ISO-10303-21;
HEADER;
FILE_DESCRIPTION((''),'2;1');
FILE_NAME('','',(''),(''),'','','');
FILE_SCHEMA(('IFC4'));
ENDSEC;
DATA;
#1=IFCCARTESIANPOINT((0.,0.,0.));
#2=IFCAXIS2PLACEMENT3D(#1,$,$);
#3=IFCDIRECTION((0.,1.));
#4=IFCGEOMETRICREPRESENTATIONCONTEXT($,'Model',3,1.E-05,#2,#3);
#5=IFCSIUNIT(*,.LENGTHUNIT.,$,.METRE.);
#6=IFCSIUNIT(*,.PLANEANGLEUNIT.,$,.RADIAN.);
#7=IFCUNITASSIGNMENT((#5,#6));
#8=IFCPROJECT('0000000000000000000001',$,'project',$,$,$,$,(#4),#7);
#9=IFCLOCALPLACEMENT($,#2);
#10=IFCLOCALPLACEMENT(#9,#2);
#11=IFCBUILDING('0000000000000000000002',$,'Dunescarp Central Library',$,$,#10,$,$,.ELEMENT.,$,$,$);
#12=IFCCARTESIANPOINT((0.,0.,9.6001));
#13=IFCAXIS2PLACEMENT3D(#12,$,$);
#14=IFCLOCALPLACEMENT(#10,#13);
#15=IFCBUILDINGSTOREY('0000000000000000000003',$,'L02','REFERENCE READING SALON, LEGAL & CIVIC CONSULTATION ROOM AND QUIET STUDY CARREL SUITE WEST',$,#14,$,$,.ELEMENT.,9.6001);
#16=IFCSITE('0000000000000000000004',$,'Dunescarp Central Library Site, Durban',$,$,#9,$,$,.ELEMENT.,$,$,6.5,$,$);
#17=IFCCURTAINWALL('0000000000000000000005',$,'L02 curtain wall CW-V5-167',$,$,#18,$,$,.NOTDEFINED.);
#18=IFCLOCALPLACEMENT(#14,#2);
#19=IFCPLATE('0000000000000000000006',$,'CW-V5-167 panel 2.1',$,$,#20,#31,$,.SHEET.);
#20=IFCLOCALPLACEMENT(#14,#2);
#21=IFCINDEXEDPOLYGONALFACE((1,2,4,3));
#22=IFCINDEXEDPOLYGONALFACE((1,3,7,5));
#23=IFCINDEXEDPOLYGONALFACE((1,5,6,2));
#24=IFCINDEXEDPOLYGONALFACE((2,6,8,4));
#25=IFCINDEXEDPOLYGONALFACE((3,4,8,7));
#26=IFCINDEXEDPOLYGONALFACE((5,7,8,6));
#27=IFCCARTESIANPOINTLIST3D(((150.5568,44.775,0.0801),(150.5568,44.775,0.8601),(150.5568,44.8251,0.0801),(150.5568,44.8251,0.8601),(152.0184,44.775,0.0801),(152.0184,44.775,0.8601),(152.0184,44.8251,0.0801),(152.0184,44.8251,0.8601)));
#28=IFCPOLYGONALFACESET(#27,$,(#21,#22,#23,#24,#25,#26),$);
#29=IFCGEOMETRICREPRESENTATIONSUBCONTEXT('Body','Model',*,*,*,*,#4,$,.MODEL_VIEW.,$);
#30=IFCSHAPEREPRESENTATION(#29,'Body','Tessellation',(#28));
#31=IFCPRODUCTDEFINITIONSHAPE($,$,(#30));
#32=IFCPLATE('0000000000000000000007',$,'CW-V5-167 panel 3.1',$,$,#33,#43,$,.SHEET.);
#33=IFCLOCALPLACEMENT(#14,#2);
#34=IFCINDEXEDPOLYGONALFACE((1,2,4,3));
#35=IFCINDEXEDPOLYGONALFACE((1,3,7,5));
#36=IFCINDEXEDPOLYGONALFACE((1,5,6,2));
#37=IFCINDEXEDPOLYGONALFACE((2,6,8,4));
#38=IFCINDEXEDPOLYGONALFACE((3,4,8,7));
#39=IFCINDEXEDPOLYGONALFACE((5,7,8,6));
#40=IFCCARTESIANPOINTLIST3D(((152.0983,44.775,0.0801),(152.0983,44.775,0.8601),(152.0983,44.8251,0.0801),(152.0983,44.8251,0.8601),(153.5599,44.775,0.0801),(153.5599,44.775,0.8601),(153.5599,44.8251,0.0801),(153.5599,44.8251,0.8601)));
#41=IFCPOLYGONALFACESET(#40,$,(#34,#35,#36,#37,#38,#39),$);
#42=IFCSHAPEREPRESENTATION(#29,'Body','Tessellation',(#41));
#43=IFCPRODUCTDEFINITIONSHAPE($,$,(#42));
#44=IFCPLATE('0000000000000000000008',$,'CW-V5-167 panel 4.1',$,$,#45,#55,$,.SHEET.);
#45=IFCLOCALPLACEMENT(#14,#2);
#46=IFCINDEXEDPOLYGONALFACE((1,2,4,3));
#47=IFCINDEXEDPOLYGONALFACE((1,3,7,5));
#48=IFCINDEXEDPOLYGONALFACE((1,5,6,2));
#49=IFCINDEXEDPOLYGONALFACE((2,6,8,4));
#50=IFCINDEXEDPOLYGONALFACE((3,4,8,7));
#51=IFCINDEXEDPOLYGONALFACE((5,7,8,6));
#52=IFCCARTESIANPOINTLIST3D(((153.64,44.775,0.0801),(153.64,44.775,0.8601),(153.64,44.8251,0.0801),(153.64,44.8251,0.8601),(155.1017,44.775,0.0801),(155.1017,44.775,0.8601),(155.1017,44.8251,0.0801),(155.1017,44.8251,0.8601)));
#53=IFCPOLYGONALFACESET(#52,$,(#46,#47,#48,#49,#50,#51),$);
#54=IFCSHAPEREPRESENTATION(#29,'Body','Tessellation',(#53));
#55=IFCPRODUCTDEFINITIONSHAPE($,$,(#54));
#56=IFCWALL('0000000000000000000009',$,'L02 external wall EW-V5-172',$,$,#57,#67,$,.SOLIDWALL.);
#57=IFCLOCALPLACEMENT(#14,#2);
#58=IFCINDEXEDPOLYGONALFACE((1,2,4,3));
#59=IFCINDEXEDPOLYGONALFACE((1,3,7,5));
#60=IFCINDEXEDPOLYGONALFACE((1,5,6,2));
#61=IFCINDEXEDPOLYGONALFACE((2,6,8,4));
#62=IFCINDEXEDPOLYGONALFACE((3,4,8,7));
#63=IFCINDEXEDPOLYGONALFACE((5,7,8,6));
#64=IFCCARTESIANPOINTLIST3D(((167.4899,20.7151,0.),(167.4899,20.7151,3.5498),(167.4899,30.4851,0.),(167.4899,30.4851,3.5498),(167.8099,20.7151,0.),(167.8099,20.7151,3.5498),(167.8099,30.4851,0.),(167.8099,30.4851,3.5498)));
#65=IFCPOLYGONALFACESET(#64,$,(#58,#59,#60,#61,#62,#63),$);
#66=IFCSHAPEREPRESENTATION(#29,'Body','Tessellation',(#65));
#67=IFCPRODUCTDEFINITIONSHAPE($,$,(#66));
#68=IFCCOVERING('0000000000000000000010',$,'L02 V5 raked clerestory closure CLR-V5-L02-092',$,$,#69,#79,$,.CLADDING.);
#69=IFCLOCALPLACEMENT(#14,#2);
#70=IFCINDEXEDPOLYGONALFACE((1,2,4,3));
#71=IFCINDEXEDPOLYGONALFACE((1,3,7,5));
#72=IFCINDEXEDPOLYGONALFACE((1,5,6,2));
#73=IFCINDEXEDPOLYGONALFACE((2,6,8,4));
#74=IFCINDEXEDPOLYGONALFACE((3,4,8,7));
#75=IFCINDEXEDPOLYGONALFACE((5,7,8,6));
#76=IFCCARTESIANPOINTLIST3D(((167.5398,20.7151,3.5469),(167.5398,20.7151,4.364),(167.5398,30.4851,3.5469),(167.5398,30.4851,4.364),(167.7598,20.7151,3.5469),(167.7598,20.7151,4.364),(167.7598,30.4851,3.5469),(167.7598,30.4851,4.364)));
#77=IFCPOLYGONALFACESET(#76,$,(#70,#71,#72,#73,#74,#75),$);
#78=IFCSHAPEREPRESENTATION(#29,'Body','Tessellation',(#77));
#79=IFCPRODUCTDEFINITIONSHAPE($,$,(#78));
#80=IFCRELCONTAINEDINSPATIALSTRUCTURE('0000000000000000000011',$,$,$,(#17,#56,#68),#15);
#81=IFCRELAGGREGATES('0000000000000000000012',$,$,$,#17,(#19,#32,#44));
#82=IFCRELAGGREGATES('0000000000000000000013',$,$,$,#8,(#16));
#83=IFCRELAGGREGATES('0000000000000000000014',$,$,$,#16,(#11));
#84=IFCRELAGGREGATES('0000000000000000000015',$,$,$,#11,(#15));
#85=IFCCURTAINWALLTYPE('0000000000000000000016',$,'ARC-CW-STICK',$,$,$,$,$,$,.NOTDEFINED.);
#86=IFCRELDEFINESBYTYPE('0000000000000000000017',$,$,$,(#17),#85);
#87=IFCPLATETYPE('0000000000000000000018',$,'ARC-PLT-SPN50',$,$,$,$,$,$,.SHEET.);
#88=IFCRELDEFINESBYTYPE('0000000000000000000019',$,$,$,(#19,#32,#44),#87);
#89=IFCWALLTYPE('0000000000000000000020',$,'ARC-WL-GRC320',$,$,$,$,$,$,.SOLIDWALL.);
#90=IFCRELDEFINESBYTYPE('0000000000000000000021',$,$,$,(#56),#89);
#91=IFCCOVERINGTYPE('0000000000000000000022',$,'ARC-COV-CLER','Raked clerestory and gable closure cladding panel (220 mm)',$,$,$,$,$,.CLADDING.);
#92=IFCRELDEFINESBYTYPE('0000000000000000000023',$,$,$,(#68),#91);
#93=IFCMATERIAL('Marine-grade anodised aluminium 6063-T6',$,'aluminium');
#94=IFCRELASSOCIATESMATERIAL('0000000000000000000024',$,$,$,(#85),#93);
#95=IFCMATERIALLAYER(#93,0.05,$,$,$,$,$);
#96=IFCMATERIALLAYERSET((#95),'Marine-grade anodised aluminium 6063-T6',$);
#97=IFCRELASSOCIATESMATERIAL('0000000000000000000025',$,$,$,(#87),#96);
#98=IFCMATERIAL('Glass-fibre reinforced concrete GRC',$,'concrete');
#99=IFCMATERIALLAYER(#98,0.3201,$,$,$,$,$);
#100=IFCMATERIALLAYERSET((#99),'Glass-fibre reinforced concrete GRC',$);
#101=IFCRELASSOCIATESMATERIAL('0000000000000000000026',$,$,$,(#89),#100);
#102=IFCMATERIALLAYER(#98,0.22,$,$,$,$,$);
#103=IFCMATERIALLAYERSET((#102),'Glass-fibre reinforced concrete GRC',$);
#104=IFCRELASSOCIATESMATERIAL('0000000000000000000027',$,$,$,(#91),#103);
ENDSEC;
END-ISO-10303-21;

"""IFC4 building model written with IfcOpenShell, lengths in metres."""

from ifc_helpers import new_model, si_unit, direction, frame, frame_2d, origin, origin_2d, place, context, subcontext, project, spatial, polyline, rectangle, outline, extrude, material, layer, layer_set, type_object, element, aggregate, save


model = new_model("IFC4")

# Units and contexts
model_context = context("Model", 3, precision=1e-05, world=origin(), true_north=direction((0.0, 1.0)))
body_context = subcontext(model_context, "Body", "Model", "MODEL_VIEW")
ifc_project = project(units=[si_unit("LENGTHUNIT", "METRE"), si_unit("PLANEANGLEUNIT", "RADIAN")], contexts=[model_context])

# Site, building, storey
site_placement = place(None, origin())
site = spatial("IfcSite", under=ifc_project, at=site_placement, Name="Dunescarp Central Library Site, Durban", CompositionType="ELEMENT", RefElevation=6.5)
building_placement = place(site_placement, origin())
building = spatial("IfcBuilding", under=site, at=building_placement, Name="Dunescarp Central Library", CompositionType="ELEMENT")
storey_placement = place(building_placement, frame((0.0, 0.0, 9.6001)))
storey = spatial("IfcBuildingStorey", under=building, at=storey_placement, Name="L02", Description="REFERENCE READING SALON, LEGAL & CIVIC CONSULTATION ROOM AND QUIET STUDY CARREL SUITE WEST", CompositionType="ELEMENT", Elevation=9.6001)

# Curtain wall
ifc_material_1 = material(Name="Marine-grade anodised aluminium 6063-T6", Category="aluminium")
curtain_wall_type = type_object("IfcCurtainWallType", Name="ARC-CW-STICK", PredefinedType="NOTDEFINED", material=ifc_material_1)
curtain_wall_placement = place(storey_placement, origin())
curtain_wall = element("IfcCurtainWall", 1, at=curtain_wall_placement, inside=storey, type_object=curtain_wall_type, Name="L02 curtain wall CW-V5-167", PredefinedType="NOTDEFINED")

# Plates
ifc_layer_1 = layer(ifc_material_1, 0.05)
ifc_layer_set_1 = layer_set([ifc_layer_1], Name="Marine-grade anodised aluminium 6063-T6")
plate_type_1 = type_object("IfcPlateType", Name="ARC-PLT-SPN50", PredefinedType="SHEET", material=ifc_layer_set_1)
plate_1_placement = place(storey_placement, frame((151.2876, 44.8, 0.0801), z_axis=(0.0, 0.0, 1.0), x_axis=(1.0, 0.0, 0.0)))
plate_1 = element("IfcPlate", 2, at=plate_1_placement, type_object=plate_type_1, Name="CW-V5-167 panel 2.1", PredefinedType="SHEET", context=body_context, shape_type="SweptSolid", body=[
    extrude(rectangle(XDim=1.4617, YDim=0.05, at=origin_2d()), origin(), (0.0, 0.0, 1.0), 0.78),
])
plate_2_placement = place(storey_placement, frame((152.8291, 44.8, 0.0801), z_axis=(0.0, 0.0, 1.0), x_axis=(1.0, 0.0, 0.0)))
plate_2 = element("IfcPlate", 3, at=plate_2_placement, type_object=plate_type_1, Name="CW-V5-167 panel 3.1", PredefinedType="SHEET", context=body_context, shape_type="SweptSolid", body=[
    extrude(rectangle(XDim=1.4617, YDim=0.05, at=origin_2d()), origin(), (0.0, 0.0, 1.0), 0.78),
])
plate_3_placement = place(storey_placement, frame((154.3708, 44.8, 0.0801), z_axis=(0.0, 0.0, 1.0), x_axis=(1.0, 0.0, 0.0)))
plate_3 = element("IfcPlate", 4, at=plate_3_placement, type_object=plate_type_1, Name="CW-V5-167 panel 4.1", PredefinedType="SHEET", context=body_context, shape_type="SweptSolid", body=[
    extrude(rectangle(XDim=1.4617, YDim=0.05, at=origin_2d()), origin(), (0.0, 0.0, 1.0), 0.78),
])
aggregate(curtain_wall, [plate_1, plate_2, plate_3])

# Wall
ifc_material_2 = material(Name="Glass-fibre reinforced concrete GRC", Category="concrete")
ifc_layer_2 = layer(ifc_material_2, 0.3201)
ifc_layer_set_2 = layer_set([ifc_layer_2], Name="Glass-fibre reinforced concrete GRC")
wall_type = type_object("IfcWallType", Name="ARC-WL-GRC320", PredefinedType="SOLIDWALL", material=ifc_layer_set_2)
wall_placement = place(storey_placement, frame((167.6499, 30.4851, 0.0), z_axis=(0.0, 0.0, 1.0), x_axis=(0.0, -1.0, 0.0)))
element("IfcWall", 5, at=wall_placement, inside=storey, type_object=wall_type, Name="L02 external wall EW-V5-172", PredefinedType="SOLIDWALL", context=body_context, shape_type="SweptSolid", body=[
    extrude(rectangle(XDim=9.77, YDim=0.3201, at=frame_2d((4.885, 0.0))), origin(), (0.0, 0.0, 1.0), 3.5498),
])

# Covering
ifc_layer_3 = layer(ifc_material_2, 0.22)
ifc_layer_set_3 = layer_set([ifc_layer_3], Name="Glass-fibre reinforced concrete GRC")
covering_type = type_object("IfcCoveringType", Name="ARC-COV-CLER", Description="Raked clerestory and gable closure cladding panel (220 mm)", PredefinedType="CLADDING", material=ifc_layer_set_3)
covering_placement = place(storey_placement, frame((167.6499, 30.4851, 3.5469), z_axis=(0.0, 0.0, 1.0), x_axis=(0.0, -1.0, 0.0)))
element("IfcCovering", 6, at=covering_placement, inside=storey, type_object=covering_type, Name="L02 V5 raked clerestory closure CLR-V5-L02-092", PredefinedType="CLADDING", context=body_context, shape_type="SweptSolid", body=[
    extrude(outline(polyline([(0.0, 0.0), (9.77, 0.0), (9.77, 0.8171), (0.0, 0.8171), (0.0, 0.0)])), frame((0.0, 0.1099, 0.0), z_axis=(0.0, -1.0, 0.0), x_axis=(1.0, 0.0, 0.0)), (0.0, 0.0, 1.0), 0.22),
])

save(model, "model.ifc")
